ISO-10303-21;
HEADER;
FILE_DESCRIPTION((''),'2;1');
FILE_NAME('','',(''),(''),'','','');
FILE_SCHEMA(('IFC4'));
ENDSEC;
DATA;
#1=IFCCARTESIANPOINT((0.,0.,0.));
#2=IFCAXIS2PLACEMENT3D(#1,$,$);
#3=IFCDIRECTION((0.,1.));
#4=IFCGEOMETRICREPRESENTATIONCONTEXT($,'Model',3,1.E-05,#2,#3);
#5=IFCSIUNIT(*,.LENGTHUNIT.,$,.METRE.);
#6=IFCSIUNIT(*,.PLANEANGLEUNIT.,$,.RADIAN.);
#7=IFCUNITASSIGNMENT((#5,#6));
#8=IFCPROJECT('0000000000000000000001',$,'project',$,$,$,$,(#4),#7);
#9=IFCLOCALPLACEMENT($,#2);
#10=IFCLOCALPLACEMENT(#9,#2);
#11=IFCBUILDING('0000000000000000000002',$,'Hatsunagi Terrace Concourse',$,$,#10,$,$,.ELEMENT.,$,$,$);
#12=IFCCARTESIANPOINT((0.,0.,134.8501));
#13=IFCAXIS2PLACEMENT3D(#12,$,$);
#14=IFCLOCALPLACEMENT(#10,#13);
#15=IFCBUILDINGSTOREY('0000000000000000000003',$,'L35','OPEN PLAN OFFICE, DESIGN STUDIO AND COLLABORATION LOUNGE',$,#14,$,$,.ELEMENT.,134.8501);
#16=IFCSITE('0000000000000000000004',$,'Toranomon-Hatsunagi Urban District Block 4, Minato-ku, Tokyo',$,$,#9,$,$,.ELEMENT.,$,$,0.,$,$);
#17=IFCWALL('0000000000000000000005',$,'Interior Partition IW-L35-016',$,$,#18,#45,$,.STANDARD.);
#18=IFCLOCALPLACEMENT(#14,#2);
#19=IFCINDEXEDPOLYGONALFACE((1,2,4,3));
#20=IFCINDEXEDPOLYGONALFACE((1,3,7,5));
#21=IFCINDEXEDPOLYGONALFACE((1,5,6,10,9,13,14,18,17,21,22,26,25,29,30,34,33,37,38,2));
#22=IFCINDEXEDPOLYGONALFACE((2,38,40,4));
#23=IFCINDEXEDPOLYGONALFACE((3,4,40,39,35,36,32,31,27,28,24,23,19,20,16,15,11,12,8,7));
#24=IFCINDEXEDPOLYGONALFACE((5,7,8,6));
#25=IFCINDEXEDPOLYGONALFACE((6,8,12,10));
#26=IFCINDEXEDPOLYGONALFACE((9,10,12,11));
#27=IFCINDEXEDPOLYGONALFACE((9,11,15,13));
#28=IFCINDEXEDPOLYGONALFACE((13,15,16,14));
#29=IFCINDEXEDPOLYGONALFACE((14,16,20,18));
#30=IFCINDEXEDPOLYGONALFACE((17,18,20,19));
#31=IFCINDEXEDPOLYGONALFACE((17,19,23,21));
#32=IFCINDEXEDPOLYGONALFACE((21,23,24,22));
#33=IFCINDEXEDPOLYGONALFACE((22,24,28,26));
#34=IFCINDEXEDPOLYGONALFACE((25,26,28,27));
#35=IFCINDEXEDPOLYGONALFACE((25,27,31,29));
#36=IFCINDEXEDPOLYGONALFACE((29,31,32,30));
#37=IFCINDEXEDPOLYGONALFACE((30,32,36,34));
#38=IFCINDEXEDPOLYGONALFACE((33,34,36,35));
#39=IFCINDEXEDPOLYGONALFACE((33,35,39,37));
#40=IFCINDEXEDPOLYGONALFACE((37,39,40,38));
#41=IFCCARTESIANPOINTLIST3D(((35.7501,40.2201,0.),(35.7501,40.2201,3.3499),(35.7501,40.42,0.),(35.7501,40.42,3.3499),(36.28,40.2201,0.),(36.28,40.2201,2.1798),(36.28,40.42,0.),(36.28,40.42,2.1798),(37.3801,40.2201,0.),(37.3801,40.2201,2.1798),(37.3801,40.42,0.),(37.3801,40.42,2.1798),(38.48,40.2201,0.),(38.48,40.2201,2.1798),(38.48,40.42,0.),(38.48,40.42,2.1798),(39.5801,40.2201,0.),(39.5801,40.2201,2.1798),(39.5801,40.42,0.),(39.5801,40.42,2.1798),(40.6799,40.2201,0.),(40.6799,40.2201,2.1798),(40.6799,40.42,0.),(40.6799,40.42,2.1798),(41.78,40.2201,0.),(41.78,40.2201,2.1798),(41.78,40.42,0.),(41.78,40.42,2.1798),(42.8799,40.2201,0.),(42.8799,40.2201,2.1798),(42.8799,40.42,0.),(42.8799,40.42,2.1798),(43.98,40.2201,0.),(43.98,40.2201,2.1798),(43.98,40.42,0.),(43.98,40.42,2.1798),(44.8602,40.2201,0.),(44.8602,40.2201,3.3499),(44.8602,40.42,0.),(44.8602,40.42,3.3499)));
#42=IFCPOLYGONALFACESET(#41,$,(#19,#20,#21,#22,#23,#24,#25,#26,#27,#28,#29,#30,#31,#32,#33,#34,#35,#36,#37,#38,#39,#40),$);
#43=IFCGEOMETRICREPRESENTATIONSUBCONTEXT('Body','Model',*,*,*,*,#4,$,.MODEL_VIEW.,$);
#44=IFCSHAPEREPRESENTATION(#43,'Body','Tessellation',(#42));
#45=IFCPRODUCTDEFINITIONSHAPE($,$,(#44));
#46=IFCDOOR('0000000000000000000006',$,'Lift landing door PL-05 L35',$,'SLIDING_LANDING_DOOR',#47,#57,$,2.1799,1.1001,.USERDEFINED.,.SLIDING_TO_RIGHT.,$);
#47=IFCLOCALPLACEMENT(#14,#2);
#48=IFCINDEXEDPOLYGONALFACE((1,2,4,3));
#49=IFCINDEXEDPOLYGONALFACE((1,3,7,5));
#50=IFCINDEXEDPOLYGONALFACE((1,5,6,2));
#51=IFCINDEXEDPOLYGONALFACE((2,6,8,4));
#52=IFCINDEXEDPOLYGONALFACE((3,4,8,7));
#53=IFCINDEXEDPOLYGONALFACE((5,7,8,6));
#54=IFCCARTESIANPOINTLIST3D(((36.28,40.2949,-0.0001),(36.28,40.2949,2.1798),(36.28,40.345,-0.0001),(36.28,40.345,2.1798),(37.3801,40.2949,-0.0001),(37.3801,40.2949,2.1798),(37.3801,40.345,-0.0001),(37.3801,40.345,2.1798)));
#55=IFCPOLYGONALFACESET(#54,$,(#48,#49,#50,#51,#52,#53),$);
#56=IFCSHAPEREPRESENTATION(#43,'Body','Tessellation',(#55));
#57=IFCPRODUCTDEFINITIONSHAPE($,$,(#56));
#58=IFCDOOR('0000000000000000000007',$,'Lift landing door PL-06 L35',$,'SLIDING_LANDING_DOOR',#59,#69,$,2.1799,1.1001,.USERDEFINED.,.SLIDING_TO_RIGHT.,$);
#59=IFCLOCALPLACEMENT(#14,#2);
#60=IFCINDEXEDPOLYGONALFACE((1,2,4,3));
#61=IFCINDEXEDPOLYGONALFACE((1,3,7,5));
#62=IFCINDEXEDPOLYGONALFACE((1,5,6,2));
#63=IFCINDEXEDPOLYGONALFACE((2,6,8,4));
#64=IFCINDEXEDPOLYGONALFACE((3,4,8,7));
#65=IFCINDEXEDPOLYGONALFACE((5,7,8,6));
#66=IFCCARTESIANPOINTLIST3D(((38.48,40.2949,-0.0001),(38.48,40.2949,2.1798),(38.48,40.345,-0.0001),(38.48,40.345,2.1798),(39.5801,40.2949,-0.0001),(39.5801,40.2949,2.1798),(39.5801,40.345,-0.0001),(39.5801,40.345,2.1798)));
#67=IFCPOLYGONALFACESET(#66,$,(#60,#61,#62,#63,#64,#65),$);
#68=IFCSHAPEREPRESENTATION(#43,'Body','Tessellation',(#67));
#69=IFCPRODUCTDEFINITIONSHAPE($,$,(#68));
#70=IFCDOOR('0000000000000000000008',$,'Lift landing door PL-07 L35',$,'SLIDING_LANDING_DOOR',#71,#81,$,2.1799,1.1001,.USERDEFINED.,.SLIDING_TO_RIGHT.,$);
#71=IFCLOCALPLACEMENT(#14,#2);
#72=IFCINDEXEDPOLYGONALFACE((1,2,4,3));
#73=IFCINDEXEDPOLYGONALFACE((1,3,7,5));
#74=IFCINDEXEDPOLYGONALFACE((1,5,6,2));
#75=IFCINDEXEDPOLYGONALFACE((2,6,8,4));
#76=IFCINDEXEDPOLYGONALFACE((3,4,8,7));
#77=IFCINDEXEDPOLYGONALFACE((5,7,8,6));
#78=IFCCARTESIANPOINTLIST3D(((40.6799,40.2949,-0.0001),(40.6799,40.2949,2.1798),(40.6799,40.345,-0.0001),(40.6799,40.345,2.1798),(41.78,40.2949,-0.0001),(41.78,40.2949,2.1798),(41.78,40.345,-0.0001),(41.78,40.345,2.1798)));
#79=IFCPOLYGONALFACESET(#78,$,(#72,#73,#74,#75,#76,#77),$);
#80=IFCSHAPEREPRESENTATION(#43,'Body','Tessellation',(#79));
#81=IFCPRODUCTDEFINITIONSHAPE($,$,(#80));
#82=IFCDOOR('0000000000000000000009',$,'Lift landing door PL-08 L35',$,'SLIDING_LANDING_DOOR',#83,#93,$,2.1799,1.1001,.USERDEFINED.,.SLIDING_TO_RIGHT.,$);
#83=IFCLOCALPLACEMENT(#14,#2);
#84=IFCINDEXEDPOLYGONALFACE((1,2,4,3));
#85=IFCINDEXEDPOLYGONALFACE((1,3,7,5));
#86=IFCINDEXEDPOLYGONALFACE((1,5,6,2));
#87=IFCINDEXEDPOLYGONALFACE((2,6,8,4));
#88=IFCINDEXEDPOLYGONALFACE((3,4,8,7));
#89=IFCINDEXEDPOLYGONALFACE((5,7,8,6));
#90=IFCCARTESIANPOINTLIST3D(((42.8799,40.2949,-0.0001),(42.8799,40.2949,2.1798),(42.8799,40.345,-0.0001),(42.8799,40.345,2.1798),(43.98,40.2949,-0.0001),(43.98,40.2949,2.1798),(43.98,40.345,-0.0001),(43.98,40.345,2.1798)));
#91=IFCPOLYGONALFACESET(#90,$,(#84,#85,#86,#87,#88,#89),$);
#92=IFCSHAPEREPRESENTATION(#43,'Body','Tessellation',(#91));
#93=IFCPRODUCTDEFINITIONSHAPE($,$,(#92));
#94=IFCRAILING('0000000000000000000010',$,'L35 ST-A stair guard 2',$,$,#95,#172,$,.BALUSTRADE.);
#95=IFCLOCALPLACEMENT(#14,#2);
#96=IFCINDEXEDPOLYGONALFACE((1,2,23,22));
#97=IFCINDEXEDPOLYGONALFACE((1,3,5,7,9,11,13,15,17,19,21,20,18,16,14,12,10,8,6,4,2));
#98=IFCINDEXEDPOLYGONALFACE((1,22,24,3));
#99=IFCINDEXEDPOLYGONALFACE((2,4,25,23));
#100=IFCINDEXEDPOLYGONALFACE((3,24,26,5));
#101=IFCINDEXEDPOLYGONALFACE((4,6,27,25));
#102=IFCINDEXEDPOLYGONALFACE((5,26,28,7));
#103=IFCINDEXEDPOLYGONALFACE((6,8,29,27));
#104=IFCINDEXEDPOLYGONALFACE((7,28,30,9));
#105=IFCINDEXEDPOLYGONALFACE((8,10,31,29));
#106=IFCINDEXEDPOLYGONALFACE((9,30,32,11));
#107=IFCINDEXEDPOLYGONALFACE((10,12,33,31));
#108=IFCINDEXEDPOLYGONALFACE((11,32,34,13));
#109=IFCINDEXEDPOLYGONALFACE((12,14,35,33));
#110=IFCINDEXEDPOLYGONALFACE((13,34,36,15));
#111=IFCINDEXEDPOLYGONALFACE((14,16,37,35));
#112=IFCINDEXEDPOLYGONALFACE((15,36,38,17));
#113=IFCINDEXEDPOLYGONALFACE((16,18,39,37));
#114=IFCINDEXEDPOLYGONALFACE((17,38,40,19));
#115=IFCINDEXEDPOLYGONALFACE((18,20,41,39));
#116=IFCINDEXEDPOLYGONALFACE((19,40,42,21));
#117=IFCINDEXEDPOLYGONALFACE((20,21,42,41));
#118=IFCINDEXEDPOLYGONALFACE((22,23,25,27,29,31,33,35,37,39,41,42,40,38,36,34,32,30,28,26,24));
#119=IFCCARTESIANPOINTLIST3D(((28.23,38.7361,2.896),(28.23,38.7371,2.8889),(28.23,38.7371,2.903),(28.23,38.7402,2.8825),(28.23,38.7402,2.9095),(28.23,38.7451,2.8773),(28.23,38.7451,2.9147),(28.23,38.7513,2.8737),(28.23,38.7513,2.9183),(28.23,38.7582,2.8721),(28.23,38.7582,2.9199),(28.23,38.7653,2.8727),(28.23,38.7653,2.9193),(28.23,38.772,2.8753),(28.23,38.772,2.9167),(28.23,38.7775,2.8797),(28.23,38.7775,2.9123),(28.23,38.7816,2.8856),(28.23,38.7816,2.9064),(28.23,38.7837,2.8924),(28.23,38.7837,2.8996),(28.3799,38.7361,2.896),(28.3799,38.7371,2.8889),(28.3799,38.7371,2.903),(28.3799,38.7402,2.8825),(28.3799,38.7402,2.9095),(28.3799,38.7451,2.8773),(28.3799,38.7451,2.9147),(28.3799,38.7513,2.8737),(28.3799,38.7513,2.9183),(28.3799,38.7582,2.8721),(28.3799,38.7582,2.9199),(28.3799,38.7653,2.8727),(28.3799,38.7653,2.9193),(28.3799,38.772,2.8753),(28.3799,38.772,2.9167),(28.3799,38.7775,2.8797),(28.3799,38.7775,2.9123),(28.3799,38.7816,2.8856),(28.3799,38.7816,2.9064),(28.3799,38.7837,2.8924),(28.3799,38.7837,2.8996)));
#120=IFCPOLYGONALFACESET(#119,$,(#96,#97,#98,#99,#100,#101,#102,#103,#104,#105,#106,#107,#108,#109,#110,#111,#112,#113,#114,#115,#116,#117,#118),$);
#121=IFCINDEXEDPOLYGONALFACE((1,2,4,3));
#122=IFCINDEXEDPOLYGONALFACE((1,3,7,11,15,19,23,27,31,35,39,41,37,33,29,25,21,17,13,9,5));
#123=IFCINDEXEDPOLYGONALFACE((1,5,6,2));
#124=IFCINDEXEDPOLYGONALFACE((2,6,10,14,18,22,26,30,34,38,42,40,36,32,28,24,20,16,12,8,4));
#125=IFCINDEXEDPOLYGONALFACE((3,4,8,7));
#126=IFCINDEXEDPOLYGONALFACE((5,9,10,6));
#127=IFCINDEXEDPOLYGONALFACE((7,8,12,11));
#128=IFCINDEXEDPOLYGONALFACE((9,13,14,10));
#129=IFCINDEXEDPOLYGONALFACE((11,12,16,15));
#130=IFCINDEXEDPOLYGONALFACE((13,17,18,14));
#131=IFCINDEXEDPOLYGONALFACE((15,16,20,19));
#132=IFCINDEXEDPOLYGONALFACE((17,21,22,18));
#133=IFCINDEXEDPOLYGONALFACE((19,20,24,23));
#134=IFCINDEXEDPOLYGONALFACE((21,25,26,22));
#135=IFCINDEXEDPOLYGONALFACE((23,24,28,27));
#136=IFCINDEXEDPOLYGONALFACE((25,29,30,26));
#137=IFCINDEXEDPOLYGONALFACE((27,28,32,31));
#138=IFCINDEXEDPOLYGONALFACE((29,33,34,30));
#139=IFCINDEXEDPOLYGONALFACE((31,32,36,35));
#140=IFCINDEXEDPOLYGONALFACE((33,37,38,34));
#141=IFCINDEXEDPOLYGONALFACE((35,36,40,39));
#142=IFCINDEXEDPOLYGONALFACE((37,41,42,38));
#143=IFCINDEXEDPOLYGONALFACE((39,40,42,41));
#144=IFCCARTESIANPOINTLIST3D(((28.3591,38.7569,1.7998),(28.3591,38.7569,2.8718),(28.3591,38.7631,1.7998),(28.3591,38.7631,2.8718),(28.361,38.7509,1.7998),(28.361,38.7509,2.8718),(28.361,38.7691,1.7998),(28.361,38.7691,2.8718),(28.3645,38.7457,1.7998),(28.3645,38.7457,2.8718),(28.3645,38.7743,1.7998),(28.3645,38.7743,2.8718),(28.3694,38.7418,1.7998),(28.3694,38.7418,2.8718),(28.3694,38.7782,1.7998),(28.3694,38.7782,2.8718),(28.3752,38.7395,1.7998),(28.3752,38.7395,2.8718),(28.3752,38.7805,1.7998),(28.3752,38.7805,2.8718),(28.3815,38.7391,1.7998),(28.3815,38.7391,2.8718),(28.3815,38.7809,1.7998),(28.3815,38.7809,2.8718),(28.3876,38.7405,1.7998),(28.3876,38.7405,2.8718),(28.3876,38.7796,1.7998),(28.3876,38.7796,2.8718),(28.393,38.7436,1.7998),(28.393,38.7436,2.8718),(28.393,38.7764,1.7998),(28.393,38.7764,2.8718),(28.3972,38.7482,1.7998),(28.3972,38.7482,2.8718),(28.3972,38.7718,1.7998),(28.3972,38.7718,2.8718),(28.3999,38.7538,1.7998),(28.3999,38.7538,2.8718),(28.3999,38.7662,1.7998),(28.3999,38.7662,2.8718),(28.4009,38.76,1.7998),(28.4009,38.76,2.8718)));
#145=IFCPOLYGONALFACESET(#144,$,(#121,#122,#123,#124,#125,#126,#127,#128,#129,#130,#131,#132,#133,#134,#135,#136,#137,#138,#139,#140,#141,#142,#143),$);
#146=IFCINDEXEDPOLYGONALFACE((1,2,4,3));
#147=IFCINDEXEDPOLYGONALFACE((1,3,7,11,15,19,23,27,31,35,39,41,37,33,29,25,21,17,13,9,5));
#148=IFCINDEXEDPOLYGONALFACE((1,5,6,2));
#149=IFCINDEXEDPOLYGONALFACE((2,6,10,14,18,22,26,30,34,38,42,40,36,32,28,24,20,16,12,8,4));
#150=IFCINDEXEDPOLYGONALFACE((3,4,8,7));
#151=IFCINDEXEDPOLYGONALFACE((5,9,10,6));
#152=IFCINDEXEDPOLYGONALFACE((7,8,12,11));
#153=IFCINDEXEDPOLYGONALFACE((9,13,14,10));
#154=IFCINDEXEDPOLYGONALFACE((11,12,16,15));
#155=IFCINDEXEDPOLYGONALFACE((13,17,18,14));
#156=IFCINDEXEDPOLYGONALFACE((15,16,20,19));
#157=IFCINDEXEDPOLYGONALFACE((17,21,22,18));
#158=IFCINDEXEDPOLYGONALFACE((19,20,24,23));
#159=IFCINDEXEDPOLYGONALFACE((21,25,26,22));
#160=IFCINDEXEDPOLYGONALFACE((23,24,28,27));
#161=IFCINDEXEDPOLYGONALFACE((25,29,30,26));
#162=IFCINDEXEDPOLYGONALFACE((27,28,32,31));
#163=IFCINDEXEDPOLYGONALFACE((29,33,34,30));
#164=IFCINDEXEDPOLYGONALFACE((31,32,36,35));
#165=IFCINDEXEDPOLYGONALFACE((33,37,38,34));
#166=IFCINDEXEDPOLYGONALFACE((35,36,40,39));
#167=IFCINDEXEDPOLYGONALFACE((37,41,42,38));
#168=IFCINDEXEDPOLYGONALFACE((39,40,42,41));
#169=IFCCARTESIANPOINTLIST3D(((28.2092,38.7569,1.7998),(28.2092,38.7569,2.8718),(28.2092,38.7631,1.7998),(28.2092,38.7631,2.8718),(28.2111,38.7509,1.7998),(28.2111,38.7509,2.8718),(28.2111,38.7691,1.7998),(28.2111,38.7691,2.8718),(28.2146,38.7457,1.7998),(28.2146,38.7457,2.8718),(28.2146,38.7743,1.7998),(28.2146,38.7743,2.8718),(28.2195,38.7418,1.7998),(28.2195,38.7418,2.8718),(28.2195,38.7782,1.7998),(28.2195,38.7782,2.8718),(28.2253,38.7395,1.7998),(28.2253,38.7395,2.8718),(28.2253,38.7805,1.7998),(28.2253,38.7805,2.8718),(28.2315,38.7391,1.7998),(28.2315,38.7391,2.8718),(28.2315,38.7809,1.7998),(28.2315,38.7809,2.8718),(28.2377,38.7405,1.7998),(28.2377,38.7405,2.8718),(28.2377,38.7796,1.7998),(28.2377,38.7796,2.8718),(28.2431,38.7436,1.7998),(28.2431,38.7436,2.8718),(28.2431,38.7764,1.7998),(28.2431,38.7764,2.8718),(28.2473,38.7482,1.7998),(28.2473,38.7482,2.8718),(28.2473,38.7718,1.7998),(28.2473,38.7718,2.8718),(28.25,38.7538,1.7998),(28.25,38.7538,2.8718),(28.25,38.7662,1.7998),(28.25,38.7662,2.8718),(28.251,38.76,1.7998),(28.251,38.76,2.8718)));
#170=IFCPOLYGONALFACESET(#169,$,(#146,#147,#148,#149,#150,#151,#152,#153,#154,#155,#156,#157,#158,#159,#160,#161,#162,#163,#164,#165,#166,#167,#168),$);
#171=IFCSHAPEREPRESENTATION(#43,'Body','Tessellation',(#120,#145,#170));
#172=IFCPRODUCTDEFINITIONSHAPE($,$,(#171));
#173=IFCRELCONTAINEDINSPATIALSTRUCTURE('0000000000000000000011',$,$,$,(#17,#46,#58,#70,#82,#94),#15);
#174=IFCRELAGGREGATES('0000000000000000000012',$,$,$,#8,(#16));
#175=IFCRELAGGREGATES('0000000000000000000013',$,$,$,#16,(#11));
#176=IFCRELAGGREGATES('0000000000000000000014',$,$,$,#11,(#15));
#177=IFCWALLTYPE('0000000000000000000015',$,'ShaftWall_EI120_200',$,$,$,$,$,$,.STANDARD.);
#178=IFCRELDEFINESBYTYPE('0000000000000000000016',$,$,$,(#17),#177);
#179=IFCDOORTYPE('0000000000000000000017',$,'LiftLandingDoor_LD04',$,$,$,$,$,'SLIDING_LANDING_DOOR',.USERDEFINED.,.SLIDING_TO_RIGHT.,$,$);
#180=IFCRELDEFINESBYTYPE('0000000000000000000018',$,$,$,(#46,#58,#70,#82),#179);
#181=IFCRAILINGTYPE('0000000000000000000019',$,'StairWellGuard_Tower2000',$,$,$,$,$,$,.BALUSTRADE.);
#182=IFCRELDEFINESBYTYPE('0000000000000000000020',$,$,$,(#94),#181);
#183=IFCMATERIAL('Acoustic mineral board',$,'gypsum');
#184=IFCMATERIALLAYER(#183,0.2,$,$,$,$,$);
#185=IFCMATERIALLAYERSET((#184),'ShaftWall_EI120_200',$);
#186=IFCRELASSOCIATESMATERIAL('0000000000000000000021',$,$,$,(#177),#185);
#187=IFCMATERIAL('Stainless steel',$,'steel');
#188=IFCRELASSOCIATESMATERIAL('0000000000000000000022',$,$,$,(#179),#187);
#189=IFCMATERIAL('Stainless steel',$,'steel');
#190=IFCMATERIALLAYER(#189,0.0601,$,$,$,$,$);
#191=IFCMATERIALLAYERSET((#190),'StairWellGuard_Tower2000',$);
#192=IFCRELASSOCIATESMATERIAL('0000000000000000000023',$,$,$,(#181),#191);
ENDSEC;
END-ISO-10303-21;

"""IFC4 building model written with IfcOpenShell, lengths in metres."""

from ifc_helpers import new_model, si_unit, direction, frame, frame_2d, origin, origin_2d, place, context, subcontext, project, spatial, rectangle, circle, extrude, material, layer, layer_set, type_object, element, fill, save


model = new_model("IFC4")

# Units and contexts
model_context = context("Model", 3, precision=1e-05, world=origin(), true_north=direction((0.0, 1.0)))
body_context = subcontext(model_context, "Body", "Model", "MODEL_VIEW")
ifc_project = project(units=[si_unit("LENGTHUNIT", "METRE"), si_unit("PLANEANGLEUNIT", "RADIAN")], contexts=[model_context])

# Site, building, storey
site_placement = place(None, origin())
site = spatial("IfcSite", under=ifc_project, at=site_placement, Name="Toranomon-Hatsunagi Urban District Block 4, Minato-ku, Tokyo", CompositionType="ELEMENT", RefElevation=0.0)
building_placement = place(site_placement, origin())
building = spatial("IfcBuilding", under=site, at=building_placement, Name="Hatsunagi Terrace Concourse", CompositionType="ELEMENT")
storey_placement = place(building_placement, frame((0.0, 0.0, 134.8501)))
storey = spatial("IfcBuildingStorey", under=building, at=storey_placement, Name="L35", Description="OPEN PLAN OFFICE, DESIGN STUDIO AND COLLABORATION LOUNGE", CompositionType="ELEMENT", Elevation=134.8501)

# Shared definitions
ifc_material_1 = material(Name="Acoustic mineral board", Category="gypsum")
ifc_layer_1 = layer(ifc_material_1, 0.2)
ifc_layer_set_1 = layer_set([ifc_layer_1], Name="ShaftWall_EI120_200")
wall_type_1 = type_object("IfcWallType", Name="ShaftWall_EI120_200", PredefinedType="STANDARD", material=ifc_layer_set_1)

# Wall, openings, doors
wall_1_placement = place(storey_placement, frame((35.75, 40.3201, 0.0), z_axis=(0.0, 0.0, 1.0), x_axis=(1.0, 0.0, 0.0)))
wall_1 = element("IfcWall", 1, at=wall_1_placement, inside=storey, type_object=wall_type_1, Name="Interior Partition IW-L35-016", PredefinedType="STANDARD", context=body_context, shape_type="SweptSolid", body=[
    extrude(rectangle(XDim=9.1101, YDim=0.2, at=frame_2d((4.5552, 0.0))), origin(), (0.0, 0.0, 1.0), 3.3499),
])
opening_1_placement = place(wall_1_placement, frame((0.53, 0.0, 0.0)))
opening_1 = element("IfcOpeningElement", 2, at=opening_1_placement, cuts=wall_1, PredefinedType="OPENING", context=body_context, shape_type="SweptSolid", body=[
    extrude(rectangle(XDim=1.1001, YDim=2.1799, at=frame_2d((0.55, 1.0898))), frame((0.0, 0.1099, 0.0), z_axis=(0.0, -1.0, 0.0), x_axis=(1.0, 0.0, 0.0)), (0.0, 0.0, 1.0), 0.22),
])
opening_2_placement = place(wall_1_placement, frame((2.73, 0.0, 0.0)))
opening_2 = element("IfcOpeningElement", 3, at=opening_2_placement, cuts=wall_1, PredefinedType="OPENING", context=body_context, shape_type="SweptSolid", body=[
    extrude(rectangle(XDim=1.1001, YDim=2.1799, at=frame_2d((0.55, 1.0898))), frame((0.0, 0.1099, 0.0), z_axis=(0.0, -1.0, 0.0), x_axis=(1.0, 0.0, 0.0)), (0.0, 0.0, 1.0), 0.22),
])
opening_3_placement = place(wall_1_placement, frame((4.9299, 0.0, 0.0)))
opening_3 = element("IfcOpeningElement", 4, at=opening_3_placement, cuts=wall_1, PredefinedType="OPENING", context=body_context, shape_type="SweptSolid", body=[
    extrude(rectangle(XDim=1.1001, YDim=2.1799, at=frame_2d((0.55, 1.0898))), frame((0.0, 0.1099, 0.0), z_axis=(0.0, -1.0, 0.0), x_axis=(1.0, 0.0, 0.0)), (0.0, 0.0, 1.0), 0.22),
])
opening_4_placement = place(wall_1_placement, frame((7.1299, 0.0, 0.0)))
opening_4 = element("IfcOpeningElement", 5, at=opening_4_placement, cuts=wall_1, PredefinedType="OPENING", context=body_context, shape_type="SweptSolid", body=[
    extrude(rectangle(XDim=1.1001, YDim=2.1799, at=frame_2d((0.55, 1.0898))), frame((0.0, 0.1099, 0.0), z_axis=(0.0, -1.0, 0.0), x_axis=(1.0, 0.0, 0.0)), (0.0, 0.0, 1.0), 0.22),
])
ifc_material_2 = material(Name="Stainless steel", Category="steel")
door_type = type_object("IfcDoorType", Name="LiftLandingDoor_LD04", ElementType="SLIDING_LANDING_DOOR", OperationType="SLIDING_TO_RIGHT", PredefinedType="USERDEFINED", material=ifc_material_2)
door_1_placement = place(opening_1_placement, origin())
door_1 = element("IfcDoor", 6, at=door_1_placement, inside=storey, type_object=door_type, Name="Lift landing door PL-05 L35", ObjectType="SLIDING_LANDING_DOOR", OperationType="SLIDING_TO_RIGHT", OverallHeight=2.1799, OverallWidth=1.1001, PredefinedType="USERDEFINED", context=body_context, shape_type="SweptSolid", body=[
    extrude(rectangle(XDim=1.1001, YDim=2.1799, at=frame_2d((0.55, 1.0898))), frame((0.0, 0.0249, 0.0), z_axis=(0.0, -1.0, 0.0), x_axis=(1.0, 0.0, 0.0)), (0.0, 0.0, 1.0), 0.05),
])
fill(opening_1, door_1)
door_2_placement = place(opening_2_placement, origin())
door_2 = element("IfcDoor", 7, at=door_2_placement, inside=storey, type_object=door_type, Name="Lift landing door PL-06 L35", ObjectType="SLIDING_LANDING_DOOR", OperationType="SLIDING_TO_RIGHT", OverallHeight=2.1799, OverallWidth=1.1001, PredefinedType="USERDEFINED", context=body_context, shape_type="SweptSolid", body=[
    extrude(rectangle(XDim=1.1001, YDim=2.1799, at=frame_2d((0.55, 1.0898))), frame((0.0, 0.0249, 0.0), z_axis=(0.0, -1.0, 0.0), x_axis=(1.0, 0.0, 0.0)), (0.0, 0.0, 1.0), 0.05),
])
fill(opening_2, door_2)
door_3_placement = place(opening_3_placement, origin())
door_3 = element("IfcDoor", 8, at=door_3_placement, inside=storey, type_object=door_type, Name="Lift landing door PL-07 L35", ObjectType="SLIDING_LANDING_DOOR", OperationType="SLIDING_TO_RIGHT", OverallHeight=2.1799, OverallWidth=1.1001, PredefinedType="USERDEFINED", context=body_context, shape_type="SweptSolid", body=[
    extrude(rectangle(XDim=1.1001, YDim=2.1799, at=frame_2d((0.55, 1.0898))), frame((0.0, 0.0249, 0.0), z_axis=(0.0, -1.0, 0.0), x_axis=(1.0, 0.0, 0.0)), (0.0, 0.0, 1.0), 0.05),
])
fill(opening_3, door_3)
door_4_placement = place(opening_4_placement, origin())
door_4 = element("IfcDoor", 9, at=door_4_placement, inside=storey, type_object=door_type, Name="Lift landing door PL-08 L35", ObjectType="SLIDING_LANDING_DOOR", OperationType="SLIDING_TO_RIGHT", OverallHeight=2.1799, OverallWidth=1.1001, PredefinedType="USERDEFINED", context=body_context, shape_type="SweptSolid", body=[
    extrude(rectangle(XDim=1.1001, YDim=2.1799, at=frame_2d((0.55, 1.0898))), frame((0.0, 0.0249, 0.0), z_axis=(0.0, -1.0, 0.0), x_axis=(1.0, 0.0, 0.0)), (0.0, 0.0, 1.0), 0.05),
])
fill(opening_4, door_4)

# Railing
ifc_material_3 = material(Name="Stainless steel", Category="steel")
ifc_layer_2 = layer(ifc_material_3, 0.0601)
ifc_layer_set_2 = layer_set([ifc_layer_2], Name="StairWellGuard_Tower2000")
railing_type = type_object("IfcRailingType", Name="StairWellGuard_Tower2000", PredefinedType="BALUSTRADE", material=ifc_layer_set_2)
railing_1_placement = place(storey_placement, frame((28.3799, 38.76, 1.7998)))
element("IfcRailing", 10, at=railing_1_placement, inside=storey, type_object=railing_type, Name="L35 ST-A stair guard 2", PredefinedType="BALUSTRADE", context=body_context, shape_type="SweptSolid", body=[
    extrude(circle(Radius=0.0239, at=origin_2d()), frame((0.0, 0.0, 1.0962), z_axis=(-1.0, 0.0, 0.0), x_axis=(0.0, -1.0, 0.0)), (0.0, 0.0, 1.0), 0.1499),
    extrude(circle(Radius=0.021, at=origin_2d()), origin(), (0.0, 0.0, 1.0), 1.072),
    extrude(circle(Radius=0.021, at=origin_2d()), frame((-0.1499, 0.0, 0.0)), (0.0, 0.0, 1.0), 1.072),
])

save(model, "model.ifc")
